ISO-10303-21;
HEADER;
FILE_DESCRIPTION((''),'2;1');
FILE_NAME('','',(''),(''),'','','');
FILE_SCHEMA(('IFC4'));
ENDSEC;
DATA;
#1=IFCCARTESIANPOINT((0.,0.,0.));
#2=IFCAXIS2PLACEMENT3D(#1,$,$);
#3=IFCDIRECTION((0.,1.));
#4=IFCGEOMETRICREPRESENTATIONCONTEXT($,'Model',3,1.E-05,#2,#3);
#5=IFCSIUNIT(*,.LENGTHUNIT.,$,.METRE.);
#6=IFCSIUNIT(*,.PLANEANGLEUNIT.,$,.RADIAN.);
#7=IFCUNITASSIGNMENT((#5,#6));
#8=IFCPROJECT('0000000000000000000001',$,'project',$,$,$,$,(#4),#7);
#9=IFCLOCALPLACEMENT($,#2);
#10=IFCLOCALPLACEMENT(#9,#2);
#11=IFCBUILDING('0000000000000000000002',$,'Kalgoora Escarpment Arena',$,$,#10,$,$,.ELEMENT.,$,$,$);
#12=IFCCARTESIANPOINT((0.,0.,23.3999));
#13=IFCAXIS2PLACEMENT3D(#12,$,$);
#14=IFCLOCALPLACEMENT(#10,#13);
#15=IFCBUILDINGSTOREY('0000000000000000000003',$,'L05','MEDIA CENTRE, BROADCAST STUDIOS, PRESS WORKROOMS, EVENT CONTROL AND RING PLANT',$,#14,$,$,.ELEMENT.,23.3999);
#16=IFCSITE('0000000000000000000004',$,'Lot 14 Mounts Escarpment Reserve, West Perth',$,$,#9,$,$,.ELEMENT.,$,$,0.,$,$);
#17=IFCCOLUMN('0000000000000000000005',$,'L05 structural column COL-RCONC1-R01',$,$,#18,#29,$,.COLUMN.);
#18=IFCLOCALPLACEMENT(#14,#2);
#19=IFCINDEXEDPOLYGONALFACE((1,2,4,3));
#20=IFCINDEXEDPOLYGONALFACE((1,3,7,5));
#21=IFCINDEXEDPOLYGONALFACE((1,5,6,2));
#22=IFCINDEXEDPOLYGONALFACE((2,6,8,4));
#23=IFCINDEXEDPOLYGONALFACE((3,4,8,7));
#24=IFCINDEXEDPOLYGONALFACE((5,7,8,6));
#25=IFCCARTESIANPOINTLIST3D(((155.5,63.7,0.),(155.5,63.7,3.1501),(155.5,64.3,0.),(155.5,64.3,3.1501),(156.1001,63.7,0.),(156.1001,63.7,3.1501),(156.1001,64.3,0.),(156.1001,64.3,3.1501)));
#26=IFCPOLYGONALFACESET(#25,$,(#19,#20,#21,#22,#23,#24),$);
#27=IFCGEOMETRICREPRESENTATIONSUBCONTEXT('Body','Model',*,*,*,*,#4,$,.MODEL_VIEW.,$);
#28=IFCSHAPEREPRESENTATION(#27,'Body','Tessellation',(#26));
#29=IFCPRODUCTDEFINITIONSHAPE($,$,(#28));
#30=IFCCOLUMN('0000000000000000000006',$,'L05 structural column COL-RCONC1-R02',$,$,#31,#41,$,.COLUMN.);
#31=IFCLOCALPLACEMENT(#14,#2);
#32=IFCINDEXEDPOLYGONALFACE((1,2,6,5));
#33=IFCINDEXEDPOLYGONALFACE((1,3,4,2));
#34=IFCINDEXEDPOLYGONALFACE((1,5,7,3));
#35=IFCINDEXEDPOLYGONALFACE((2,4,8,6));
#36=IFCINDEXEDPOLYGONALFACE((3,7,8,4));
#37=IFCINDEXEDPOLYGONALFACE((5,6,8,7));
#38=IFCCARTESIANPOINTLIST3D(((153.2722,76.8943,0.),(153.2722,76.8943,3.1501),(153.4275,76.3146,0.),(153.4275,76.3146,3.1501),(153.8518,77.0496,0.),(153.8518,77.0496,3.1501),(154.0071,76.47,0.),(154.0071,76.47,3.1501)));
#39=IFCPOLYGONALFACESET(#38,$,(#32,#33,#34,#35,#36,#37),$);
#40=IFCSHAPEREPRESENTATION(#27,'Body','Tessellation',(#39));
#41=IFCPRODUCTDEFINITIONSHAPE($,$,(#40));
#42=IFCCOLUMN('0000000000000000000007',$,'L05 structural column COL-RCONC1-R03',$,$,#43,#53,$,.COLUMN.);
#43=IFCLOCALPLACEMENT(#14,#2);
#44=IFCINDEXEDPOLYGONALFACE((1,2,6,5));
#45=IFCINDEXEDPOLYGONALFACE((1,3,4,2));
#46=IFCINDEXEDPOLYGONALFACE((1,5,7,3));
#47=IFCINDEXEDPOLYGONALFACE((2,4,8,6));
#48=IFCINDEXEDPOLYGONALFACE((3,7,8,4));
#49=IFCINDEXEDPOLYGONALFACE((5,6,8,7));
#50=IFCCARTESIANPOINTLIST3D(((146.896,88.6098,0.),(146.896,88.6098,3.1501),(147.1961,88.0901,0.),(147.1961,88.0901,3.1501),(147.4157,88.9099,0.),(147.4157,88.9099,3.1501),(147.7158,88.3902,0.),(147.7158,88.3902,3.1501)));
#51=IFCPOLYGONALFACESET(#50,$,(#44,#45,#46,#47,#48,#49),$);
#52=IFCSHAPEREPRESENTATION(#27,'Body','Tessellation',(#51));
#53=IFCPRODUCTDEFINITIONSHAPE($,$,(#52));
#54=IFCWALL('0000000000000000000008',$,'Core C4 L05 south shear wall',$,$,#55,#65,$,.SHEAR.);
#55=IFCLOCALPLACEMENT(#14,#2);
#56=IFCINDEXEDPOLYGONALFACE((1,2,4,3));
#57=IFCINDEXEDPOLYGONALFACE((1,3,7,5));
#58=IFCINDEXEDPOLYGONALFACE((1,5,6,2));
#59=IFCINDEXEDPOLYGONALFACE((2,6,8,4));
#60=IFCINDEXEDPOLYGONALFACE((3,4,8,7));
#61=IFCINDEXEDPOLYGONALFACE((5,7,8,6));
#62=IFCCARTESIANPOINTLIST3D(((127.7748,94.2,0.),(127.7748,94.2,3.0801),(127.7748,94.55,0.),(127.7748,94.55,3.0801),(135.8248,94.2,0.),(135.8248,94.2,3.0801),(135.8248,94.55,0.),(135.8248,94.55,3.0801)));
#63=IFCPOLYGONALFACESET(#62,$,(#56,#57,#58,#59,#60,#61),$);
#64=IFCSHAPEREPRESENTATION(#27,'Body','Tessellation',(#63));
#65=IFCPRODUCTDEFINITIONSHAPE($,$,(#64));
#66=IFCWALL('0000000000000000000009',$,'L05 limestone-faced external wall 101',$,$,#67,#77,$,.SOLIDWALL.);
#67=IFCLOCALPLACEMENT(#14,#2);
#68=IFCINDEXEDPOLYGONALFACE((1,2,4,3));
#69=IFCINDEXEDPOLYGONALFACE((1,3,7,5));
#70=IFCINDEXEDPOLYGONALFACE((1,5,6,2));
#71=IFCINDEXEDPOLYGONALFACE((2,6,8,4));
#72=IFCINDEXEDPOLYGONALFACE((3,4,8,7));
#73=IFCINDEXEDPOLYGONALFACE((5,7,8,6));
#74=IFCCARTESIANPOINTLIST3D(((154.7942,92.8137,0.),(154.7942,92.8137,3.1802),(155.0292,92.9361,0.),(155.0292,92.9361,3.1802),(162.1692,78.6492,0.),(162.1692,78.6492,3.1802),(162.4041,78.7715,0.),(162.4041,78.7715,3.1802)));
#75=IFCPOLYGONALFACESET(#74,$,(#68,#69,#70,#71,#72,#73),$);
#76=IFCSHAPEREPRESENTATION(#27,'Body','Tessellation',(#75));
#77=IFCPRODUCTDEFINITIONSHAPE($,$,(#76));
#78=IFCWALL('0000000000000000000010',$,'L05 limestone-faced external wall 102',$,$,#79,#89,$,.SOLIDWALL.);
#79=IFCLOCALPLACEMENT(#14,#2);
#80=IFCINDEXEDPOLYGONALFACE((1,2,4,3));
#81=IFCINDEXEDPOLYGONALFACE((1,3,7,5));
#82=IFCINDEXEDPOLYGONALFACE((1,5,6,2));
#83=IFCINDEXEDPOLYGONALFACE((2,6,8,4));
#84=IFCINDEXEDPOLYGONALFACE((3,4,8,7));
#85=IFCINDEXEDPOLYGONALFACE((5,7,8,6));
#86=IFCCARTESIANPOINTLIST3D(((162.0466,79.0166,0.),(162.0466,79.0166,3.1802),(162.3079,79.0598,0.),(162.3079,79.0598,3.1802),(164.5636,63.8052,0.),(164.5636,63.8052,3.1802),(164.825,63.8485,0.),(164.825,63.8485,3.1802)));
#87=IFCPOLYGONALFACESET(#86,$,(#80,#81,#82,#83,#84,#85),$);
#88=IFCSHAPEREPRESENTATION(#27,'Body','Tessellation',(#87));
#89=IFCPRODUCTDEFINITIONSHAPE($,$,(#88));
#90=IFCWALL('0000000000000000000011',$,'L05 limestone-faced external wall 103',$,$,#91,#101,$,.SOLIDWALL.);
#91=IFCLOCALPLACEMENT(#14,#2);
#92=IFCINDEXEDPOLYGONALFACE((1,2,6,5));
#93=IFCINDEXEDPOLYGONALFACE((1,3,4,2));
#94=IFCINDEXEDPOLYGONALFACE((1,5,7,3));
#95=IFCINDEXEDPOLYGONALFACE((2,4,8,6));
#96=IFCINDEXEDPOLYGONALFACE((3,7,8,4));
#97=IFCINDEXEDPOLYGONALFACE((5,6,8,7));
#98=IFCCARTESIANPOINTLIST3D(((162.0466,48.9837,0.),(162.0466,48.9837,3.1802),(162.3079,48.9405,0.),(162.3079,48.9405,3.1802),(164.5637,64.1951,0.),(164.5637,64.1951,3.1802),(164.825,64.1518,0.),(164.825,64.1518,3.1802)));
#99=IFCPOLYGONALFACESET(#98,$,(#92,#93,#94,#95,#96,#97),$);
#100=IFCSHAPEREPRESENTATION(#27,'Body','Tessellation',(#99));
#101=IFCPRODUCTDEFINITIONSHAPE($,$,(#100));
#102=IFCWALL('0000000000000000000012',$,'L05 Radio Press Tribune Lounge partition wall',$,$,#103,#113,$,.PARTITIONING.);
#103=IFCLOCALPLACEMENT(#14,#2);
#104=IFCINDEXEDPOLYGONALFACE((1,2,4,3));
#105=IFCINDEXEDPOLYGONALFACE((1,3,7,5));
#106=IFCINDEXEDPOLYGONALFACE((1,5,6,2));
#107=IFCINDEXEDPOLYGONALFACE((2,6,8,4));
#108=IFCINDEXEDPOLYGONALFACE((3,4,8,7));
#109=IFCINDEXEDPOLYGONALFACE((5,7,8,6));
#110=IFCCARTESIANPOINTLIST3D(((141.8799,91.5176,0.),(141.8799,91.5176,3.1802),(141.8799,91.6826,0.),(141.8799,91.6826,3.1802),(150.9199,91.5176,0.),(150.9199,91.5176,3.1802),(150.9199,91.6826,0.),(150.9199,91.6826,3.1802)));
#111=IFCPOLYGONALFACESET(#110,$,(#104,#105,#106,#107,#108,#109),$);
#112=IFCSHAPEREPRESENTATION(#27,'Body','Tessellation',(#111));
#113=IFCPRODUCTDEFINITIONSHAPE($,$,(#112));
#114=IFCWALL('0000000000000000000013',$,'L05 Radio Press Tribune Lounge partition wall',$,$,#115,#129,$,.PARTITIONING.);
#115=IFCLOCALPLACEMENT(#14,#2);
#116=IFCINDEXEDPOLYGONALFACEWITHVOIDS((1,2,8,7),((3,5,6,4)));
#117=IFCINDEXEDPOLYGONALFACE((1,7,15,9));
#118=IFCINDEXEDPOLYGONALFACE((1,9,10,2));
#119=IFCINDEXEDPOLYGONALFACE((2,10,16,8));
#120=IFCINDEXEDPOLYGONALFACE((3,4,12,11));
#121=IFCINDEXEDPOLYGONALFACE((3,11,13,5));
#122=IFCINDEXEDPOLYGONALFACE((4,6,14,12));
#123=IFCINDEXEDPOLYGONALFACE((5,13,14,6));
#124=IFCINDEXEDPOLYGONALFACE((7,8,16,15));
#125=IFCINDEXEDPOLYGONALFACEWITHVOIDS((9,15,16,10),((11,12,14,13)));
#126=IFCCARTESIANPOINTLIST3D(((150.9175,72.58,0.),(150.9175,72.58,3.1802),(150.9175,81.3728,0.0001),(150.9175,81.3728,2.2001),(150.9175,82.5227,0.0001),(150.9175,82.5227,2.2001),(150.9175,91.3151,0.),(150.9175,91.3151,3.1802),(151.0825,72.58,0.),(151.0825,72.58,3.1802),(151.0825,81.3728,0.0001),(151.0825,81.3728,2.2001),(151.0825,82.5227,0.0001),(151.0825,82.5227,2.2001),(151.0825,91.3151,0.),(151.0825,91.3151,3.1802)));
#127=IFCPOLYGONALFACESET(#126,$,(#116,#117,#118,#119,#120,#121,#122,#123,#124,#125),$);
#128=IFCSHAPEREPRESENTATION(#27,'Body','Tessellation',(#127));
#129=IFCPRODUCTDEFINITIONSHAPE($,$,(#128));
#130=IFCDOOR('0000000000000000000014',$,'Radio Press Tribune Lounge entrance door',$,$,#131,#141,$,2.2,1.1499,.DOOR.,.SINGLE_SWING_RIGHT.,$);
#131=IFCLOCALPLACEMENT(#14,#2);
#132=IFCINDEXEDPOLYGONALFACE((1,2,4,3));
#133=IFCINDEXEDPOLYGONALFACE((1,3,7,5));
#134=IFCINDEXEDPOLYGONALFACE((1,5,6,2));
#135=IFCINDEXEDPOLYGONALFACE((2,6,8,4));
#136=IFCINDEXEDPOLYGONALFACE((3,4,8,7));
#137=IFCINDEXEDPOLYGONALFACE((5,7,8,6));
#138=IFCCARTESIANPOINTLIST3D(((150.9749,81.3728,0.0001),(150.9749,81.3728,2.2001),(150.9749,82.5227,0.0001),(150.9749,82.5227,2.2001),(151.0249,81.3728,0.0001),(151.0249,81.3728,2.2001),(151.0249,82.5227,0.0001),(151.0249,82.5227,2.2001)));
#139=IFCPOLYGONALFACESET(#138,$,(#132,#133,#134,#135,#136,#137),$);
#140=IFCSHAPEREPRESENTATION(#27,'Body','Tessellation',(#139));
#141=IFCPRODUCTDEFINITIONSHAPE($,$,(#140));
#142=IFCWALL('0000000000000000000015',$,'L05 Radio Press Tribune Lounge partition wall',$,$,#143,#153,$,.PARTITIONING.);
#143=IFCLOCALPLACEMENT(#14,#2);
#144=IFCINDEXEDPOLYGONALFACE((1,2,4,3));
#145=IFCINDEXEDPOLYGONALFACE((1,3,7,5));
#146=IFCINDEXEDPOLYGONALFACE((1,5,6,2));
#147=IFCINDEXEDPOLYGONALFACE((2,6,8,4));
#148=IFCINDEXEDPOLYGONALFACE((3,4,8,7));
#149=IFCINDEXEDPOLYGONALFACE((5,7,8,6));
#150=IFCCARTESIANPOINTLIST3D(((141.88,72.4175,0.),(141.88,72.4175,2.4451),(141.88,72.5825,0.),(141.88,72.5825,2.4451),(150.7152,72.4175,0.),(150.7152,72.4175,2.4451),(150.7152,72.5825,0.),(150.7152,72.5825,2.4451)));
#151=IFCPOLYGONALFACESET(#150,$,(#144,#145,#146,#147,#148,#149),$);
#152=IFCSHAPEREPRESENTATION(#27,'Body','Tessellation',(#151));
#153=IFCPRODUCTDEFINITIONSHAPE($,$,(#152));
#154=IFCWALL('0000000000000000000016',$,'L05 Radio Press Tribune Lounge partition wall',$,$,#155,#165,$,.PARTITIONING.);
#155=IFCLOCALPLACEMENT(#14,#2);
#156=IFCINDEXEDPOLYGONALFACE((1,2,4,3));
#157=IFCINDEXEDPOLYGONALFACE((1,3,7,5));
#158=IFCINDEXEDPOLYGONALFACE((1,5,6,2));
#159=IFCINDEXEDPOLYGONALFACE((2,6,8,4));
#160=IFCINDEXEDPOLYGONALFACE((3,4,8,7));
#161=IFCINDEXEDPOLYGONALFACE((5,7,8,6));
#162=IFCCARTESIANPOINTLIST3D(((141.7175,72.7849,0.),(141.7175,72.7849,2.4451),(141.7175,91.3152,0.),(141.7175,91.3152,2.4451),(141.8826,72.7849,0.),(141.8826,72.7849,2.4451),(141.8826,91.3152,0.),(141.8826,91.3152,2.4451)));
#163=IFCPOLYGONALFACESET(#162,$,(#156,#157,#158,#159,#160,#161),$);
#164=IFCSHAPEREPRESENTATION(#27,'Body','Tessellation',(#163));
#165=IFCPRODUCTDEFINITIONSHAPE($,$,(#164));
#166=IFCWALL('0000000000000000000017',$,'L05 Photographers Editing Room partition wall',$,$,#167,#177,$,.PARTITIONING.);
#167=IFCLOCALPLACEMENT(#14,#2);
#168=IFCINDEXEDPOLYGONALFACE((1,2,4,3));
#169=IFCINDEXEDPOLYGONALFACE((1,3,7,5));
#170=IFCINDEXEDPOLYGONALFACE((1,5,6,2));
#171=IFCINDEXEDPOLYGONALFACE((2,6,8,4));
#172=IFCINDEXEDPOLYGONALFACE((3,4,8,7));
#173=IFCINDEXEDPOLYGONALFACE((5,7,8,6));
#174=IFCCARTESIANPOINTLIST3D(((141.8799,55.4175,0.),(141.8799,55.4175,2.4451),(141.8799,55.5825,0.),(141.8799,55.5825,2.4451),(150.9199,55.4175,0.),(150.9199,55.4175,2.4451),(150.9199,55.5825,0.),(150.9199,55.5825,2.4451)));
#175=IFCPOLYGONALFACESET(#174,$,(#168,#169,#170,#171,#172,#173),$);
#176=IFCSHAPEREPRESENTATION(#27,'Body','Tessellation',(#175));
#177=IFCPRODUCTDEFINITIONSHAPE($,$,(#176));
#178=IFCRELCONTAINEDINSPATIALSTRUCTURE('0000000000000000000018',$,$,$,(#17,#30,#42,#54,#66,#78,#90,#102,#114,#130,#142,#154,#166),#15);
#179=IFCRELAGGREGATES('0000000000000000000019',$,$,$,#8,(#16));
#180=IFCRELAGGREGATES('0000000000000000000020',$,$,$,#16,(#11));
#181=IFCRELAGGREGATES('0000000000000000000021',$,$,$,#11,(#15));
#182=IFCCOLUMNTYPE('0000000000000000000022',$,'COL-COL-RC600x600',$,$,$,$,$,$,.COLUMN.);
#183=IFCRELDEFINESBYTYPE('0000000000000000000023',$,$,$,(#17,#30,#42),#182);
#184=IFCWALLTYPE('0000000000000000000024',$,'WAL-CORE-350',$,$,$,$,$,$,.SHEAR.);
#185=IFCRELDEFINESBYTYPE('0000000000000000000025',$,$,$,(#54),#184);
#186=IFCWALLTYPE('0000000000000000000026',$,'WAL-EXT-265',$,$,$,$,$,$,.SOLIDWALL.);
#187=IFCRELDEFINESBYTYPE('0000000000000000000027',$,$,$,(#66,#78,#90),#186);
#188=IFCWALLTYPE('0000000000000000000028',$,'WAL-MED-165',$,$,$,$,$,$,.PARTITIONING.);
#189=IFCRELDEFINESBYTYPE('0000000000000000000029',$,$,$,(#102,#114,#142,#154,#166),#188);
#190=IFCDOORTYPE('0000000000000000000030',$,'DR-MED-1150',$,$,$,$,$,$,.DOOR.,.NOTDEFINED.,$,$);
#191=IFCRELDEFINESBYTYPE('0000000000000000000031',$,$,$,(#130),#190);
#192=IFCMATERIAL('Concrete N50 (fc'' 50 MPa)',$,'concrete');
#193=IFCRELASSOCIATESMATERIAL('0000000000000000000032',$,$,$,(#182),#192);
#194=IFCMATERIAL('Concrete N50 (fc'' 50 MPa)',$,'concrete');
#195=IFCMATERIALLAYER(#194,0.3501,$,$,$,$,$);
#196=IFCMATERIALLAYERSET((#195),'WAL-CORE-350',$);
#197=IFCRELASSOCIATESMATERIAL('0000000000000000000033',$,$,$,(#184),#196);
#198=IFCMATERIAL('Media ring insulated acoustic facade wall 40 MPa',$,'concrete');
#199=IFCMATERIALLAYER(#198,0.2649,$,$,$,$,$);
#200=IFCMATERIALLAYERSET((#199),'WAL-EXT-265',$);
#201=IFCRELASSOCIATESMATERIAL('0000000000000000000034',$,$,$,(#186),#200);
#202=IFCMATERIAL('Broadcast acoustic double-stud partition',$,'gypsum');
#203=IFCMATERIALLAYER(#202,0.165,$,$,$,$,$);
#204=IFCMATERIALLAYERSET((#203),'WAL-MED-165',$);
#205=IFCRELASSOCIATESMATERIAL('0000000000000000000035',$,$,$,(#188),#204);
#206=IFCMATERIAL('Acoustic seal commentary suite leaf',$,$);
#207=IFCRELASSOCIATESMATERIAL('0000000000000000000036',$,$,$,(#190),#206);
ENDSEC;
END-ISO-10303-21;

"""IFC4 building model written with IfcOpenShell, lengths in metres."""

from ifc_helpers import new_model, si_unit, direction, frame, frame_2d, origin, origin_2d, place, context, subcontext, project, spatial, rectangle, extrude, material, layer, layer_set, material_profile, profile_set, type_object, element, fill, save


model = new_model("IFC4")

# Units and contexts
model_context = context("Model", 3, precision=1e-05, world=origin(), true_north=direction((0.0, 1.0)))
body_context = subcontext(model_context, "Body", "Model", "MODEL_VIEW")
ifc_project = project(units=[si_unit("LENGTHUNIT", "METRE"), si_unit("PLANEANGLEUNIT", "RADIAN")], contexts=[model_context])

# Site, building, storey
site_placement = place(None, origin())
site = spatial("IfcSite", under=ifc_project, at=site_placement, Name="Lot 14 Mounts Escarpment Reserve, West Perth", CompositionType="ELEMENT", RefElevation=0.0)
building_placement = place(site_placement, origin())
building = spatial("IfcBuilding", under=site, at=building_placement, Name="Kalgoora Escarpment Arena", CompositionType="ELEMENT")
storey_placement = place(building_placement, frame((0.0, 0.0, 23.3999)))
storey = spatial("IfcBuildingStorey", under=building, at=storey_placement, Name="L05", Description="MEDIA CENTRE, BROADCAST STUDIOS, PRESS WORKROOMS, EVENT CONTROL AND RING PLANT", CompositionType="ELEMENT", Elevation=23.3999)

# Columns
ifc_material_1 = material(Name="Concrete N50 (fc' 50 MPa)", Category="concrete")
ifc_material_profile_1 = material_profile(ifc_material_1, rectangle(XDim=0.6001, YDim=0.6001, at=origin_2d()))
ifc_profile_set_1 = profile_set([ifc_material_profile_1], Name="Concrete N50 (fc' 50 MPa)")
column_type_1 = type_object("IfcColumnType", Name="COL-COL-RC600x600", PredefinedType="COLUMN", material=ifc_profile_set_1)
for number, where, z_axis, x_axis, name in (
    (1, (155.8, 64.0, 0.0), (0.0, 0.0, 1.0), (1.0, 0.0, 0.0), "L05 structural column COL-RCONC1-R01"),
    (2, (153.6396, 76.6821, 0.0), (0.0, 0.0, 1.0), (0.965926, 0.258819, 0.0), "L05 structural column COL-RCONC1-R02"),
    (3, (147.3059, 88.5, 0.0), (0.0, 0.0, 1.0), (0.866025, 0.5, 0.0), "L05 structural column COL-RCONC1-R03"),
):
    element("IfcColumn", number, at=place(storey_placement, frame(where, z_axis=z_axis, x_axis=x_axis)), inside=storey, type_object=column_type_1, Name=name, PredefinedType="COLUMN", context=body_context, shape_type="SweptSolid", body=[
        extrude(rectangle(XDim=0.6001, YDim=0.6001, at=origin_2d()), origin(), (0.0, 0.0, 1.0), 3.1501),
    ])

# Walls
ifc_material_2 = material(Name="Concrete N50 (fc' 50 MPa)", Category="concrete")
ifc_layer_1 = layer(ifc_material_2, 0.3501)
ifc_layer_set_1 = layer_set([ifc_layer_1], Name="WAL-CORE-350")
wall_type_1 = type_object("IfcWallType", Name="WAL-CORE-350", PredefinedType="SHEAR", material=ifc_layer_set_1)
wall_1_placement = place(storey_placement, frame((127.7749, 94.375, 0.0), z_axis=(0.0, 0.0, 1.0), x_axis=(1.0, 0.0, 0.0)))
element("IfcWall", 4, at=wall_1_placement, inside=storey, type_object=wall_type_1, Name="Core C4 L05 south shear wall", PredefinedType="SHEAR", context=body_context, shape_type="SweptSolid", body=[
    extrude(rectangle(XDim=8.05, YDim=0.3501, at=frame_2d((4.0249, 0.0))), origin(), (0.0, 0.0, 1.0), 3.0801),
])
ifc_material_3 = material(Name="Media ring insulated acoustic facade wall 40 MPa", Category="concrete")
ifc_layer_2 = layer(ifc_material_3, 0.2649)
ifc_layer_set_2 = layer_set([ifc_layer_2], Name="WAL-EXT-265")
wall_type_2 = type_object("IfcWallType", Name="WAL-EXT-265", PredefinedType="SOLIDWALL", material=ifc_layer_set_2)
wall_2_placement = place(storey_placement, frame((154.9116, 92.875, 0.0), z_axis=(0.0, 0.0, 1.0), x_axis=(0.461818, -0.886975, 0.0)))
element("IfcWall", 5, at=wall_2_placement, inside=storey, type_object=wall_type_2, Name="L05 limestone-faced external wall 101", PredefinedType="SOLIDWALL", context=body_context, shape_type="SweptSolid", body=[
    extrude(rectangle(XDim=15.9695, YDim=0.2649, at=frame_2d((7.9849, 0.0))), origin(), (0.0, 0.0, 1.0), 3.1802),
])
for number, where, z_axis, x_axis, name in (
    (6, (162.1772, 79.0381, 0.0), (0.0, 0.0, 1.0), (0.163254, -0.986584, 0.0), "L05 limestone-faced external wall 102"),
    (7, (164.6943, 64.1733, 0.0), (0.0, 0.0, 1.0), (-0.163254, -0.986584, 0.0), "L05 limestone-faced external wall 103"),
):
    element("IfcWall", number, at=place(storey_placement, frame(where, z_axis=z_axis, x_axis=x_axis)), inside=storey, type_object=wall_type_2, Name=name, PredefinedType="SOLIDWALL", context=body_context, shape_type="SweptSolid", body=[
        extrude(rectangle(XDim=15.4182, YDim=0.2649, at=frame_2d((7.709, 0.0))), origin(), (0.0, 0.0, 1.0), 3.1802),
    ])
ifc_material_4 = material(Name="Broadcast acoustic double-stud partition", Category="gypsum")
ifc_layer_3 = layer(ifc_material_4, 0.165)
ifc_layer_set_3 = layer_set([ifc_layer_3], Name="WAL-MED-165")
wall_type_3 = type_object("IfcWallType", Name="WAL-MED-165", PredefinedType="PARTITIONING", material=ifc_layer_set_3)
wall_3_placement = place(storey_placement, frame((141.8799, 91.6001, 0.0), z_axis=(0.0, 0.0, 1.0), x_axis=(1.0, 0.0, 0.0)))
element("IfcWall", 8, at=wall_3_placement, inside=storey, type_object=wall_type_3, Name="L05 Radio Press Tribune Lounge partition wall", PredefinedType="PARTITIONING", context=body_context, shape_type="SweptSolid", body=[
    extrude(rectangle(XDim=9.04, YDim=0.165, at=frame_2d((4.52, 0.0))), origin(), (0.0, 0.0, 1.0), 3.1802),
])

# Wall, opening, door
wall_4_placement = place(storey_placement, frame((151.0, 91.3152, 0.0), z_axis=(0.0, 0.0, 1.0), x_axis=(0.0, -1.0, 0.0)))
wall_4 = element("IfcWall", 9, at=wall_4_placement, inside=storey, type_object=wall_type_3, Name="L05 Radio Press Tribune Lounge partition wall", PredefinedType="PARTITIONING", context=body_context, shape_type="SweptSolid", body=[
    extrude(rectangle(XDim=18.7351, YDim=0.165, at=frame_2d((9.3677, 0.0))), origin(), (0.0, 0.0, 1.0), 3.1802),
])
opening_1_placement = place(wall_4_placement, frame((8.7925, 0.0, 0.0)))
opening_1 = element("IfcOpeningElement", 10, at=opening_1_placement, cuts=wall_4, PredefinedType="OPENING", context=body_context, shape_type="SweptSolid", body=[
    extrude(rectangle(XDim=1.1499, YDim=2.2, at=frame_2d((0.575, 1.1001))), frame((0.0, 0.0925, 0.0), z_axis=(0.0, -1.0, 0.0), x_axis=(1.0, 0.0, 0.0)), (0.0, 0.0, 1.0), 0.1851),
])
ifc_material_5 = material(Name="Acoustic seal commentary suite leaf")
door_type_1 = type_object("IfcDoorType", Name="DR-MED-1150", OperationType="NOTDEFINED", PredefinedType="DOOR", material=ifc_material_5)
door_1_placement = place(opening_1_placement, origin())
door_1 = element("IfcDoor", 11, at=door_1_placement, inside=storey, type_object=door_type_1, Name="Radio Press Tribune Lounge entrance door", OperationType="SINGLE_SWING_RIGHT", OverallHeight=2.2, OverallWidth=1.1499, PredefinedType="DOOR", context=body_context, shape_type="SweptSolid", body=[
    extrude(rectangle(XDim=1.1499, YDim=2.2, at=frame_2d((0.575, 1.1001))), frame((0.0, 0.0249, 0.0), z_axis=(0.0, -1.0, 0.0), x_axis=(1.0, 0.0, 0.0)), (0.0, 0.0, 1.0), 0.05),
])
fill(opening_1, door_1)

# Walls
wall_5_placement = place(storey_placement, frame((150.7151, 72.5, 0.0), z_axis=(0.0, 0.0, 1.0), x_axis=(-1.0, 0.0, 0.0)))
element("IfcWall", 12, at=wall_5_placement, inside=storey, type_object=wall_type_3, Name="L05 Radio Press Tribune Lounge partition wall", PredefinedType="PARTITIONING", context=body_context, shape_type="SweptSolid", body=[
    extrude(rectangle(XDim=8.8352, YDim=0.165, at=frame_2d((4.4175, 0.0))), origin(), (0.0, 0.0, 1.0), 2.4451),
])
wall_6_placement = place(storey_placement, frame((141.8, 72.7849, 0.0), z_axis=(0.0, 0.0, 1.0), x_axis=(0.0, 1.0, 0.0)))
element("IfcWall", 13, at=wall_6_placement, inside=storey, type_object=wall_type_3, Name="L05 Radio Press Tribune Lounge partition wall", PredefinedType="PARTITIONING", context=body_context, shape_type="SweptSolid", body=[
    extrude(rectangle(XDim=18.5303, YDim=0.165, at=frame_2d((9.2651, 0.0))), origin(), (0.0, 0.0, 1.0), 2.4451),
])
wall_7_placement = place(storey_placement, frame((141.8799, 55.5, 0.0), z_axis=(0.0, 0.0, 1.0), x_axis=(1.0, 0.0, 0.0)))
element("IfcWall", 14, at=wall_7_placement, inside=storey, type_object=wall_type_3, Name="L05 Photographers Editing Room partition wall", PredefinedType="PARTITIONING", context=body_context, shape_type="SweptSolid", body=[
    extrude(rectangle(XDim=9.04, YDim=0.165, at=frame_2d((4.52, 0.0))), origin(), (0.0, 0.0, 1.0), 2.4451),
])

save(model, "model.ifc")
